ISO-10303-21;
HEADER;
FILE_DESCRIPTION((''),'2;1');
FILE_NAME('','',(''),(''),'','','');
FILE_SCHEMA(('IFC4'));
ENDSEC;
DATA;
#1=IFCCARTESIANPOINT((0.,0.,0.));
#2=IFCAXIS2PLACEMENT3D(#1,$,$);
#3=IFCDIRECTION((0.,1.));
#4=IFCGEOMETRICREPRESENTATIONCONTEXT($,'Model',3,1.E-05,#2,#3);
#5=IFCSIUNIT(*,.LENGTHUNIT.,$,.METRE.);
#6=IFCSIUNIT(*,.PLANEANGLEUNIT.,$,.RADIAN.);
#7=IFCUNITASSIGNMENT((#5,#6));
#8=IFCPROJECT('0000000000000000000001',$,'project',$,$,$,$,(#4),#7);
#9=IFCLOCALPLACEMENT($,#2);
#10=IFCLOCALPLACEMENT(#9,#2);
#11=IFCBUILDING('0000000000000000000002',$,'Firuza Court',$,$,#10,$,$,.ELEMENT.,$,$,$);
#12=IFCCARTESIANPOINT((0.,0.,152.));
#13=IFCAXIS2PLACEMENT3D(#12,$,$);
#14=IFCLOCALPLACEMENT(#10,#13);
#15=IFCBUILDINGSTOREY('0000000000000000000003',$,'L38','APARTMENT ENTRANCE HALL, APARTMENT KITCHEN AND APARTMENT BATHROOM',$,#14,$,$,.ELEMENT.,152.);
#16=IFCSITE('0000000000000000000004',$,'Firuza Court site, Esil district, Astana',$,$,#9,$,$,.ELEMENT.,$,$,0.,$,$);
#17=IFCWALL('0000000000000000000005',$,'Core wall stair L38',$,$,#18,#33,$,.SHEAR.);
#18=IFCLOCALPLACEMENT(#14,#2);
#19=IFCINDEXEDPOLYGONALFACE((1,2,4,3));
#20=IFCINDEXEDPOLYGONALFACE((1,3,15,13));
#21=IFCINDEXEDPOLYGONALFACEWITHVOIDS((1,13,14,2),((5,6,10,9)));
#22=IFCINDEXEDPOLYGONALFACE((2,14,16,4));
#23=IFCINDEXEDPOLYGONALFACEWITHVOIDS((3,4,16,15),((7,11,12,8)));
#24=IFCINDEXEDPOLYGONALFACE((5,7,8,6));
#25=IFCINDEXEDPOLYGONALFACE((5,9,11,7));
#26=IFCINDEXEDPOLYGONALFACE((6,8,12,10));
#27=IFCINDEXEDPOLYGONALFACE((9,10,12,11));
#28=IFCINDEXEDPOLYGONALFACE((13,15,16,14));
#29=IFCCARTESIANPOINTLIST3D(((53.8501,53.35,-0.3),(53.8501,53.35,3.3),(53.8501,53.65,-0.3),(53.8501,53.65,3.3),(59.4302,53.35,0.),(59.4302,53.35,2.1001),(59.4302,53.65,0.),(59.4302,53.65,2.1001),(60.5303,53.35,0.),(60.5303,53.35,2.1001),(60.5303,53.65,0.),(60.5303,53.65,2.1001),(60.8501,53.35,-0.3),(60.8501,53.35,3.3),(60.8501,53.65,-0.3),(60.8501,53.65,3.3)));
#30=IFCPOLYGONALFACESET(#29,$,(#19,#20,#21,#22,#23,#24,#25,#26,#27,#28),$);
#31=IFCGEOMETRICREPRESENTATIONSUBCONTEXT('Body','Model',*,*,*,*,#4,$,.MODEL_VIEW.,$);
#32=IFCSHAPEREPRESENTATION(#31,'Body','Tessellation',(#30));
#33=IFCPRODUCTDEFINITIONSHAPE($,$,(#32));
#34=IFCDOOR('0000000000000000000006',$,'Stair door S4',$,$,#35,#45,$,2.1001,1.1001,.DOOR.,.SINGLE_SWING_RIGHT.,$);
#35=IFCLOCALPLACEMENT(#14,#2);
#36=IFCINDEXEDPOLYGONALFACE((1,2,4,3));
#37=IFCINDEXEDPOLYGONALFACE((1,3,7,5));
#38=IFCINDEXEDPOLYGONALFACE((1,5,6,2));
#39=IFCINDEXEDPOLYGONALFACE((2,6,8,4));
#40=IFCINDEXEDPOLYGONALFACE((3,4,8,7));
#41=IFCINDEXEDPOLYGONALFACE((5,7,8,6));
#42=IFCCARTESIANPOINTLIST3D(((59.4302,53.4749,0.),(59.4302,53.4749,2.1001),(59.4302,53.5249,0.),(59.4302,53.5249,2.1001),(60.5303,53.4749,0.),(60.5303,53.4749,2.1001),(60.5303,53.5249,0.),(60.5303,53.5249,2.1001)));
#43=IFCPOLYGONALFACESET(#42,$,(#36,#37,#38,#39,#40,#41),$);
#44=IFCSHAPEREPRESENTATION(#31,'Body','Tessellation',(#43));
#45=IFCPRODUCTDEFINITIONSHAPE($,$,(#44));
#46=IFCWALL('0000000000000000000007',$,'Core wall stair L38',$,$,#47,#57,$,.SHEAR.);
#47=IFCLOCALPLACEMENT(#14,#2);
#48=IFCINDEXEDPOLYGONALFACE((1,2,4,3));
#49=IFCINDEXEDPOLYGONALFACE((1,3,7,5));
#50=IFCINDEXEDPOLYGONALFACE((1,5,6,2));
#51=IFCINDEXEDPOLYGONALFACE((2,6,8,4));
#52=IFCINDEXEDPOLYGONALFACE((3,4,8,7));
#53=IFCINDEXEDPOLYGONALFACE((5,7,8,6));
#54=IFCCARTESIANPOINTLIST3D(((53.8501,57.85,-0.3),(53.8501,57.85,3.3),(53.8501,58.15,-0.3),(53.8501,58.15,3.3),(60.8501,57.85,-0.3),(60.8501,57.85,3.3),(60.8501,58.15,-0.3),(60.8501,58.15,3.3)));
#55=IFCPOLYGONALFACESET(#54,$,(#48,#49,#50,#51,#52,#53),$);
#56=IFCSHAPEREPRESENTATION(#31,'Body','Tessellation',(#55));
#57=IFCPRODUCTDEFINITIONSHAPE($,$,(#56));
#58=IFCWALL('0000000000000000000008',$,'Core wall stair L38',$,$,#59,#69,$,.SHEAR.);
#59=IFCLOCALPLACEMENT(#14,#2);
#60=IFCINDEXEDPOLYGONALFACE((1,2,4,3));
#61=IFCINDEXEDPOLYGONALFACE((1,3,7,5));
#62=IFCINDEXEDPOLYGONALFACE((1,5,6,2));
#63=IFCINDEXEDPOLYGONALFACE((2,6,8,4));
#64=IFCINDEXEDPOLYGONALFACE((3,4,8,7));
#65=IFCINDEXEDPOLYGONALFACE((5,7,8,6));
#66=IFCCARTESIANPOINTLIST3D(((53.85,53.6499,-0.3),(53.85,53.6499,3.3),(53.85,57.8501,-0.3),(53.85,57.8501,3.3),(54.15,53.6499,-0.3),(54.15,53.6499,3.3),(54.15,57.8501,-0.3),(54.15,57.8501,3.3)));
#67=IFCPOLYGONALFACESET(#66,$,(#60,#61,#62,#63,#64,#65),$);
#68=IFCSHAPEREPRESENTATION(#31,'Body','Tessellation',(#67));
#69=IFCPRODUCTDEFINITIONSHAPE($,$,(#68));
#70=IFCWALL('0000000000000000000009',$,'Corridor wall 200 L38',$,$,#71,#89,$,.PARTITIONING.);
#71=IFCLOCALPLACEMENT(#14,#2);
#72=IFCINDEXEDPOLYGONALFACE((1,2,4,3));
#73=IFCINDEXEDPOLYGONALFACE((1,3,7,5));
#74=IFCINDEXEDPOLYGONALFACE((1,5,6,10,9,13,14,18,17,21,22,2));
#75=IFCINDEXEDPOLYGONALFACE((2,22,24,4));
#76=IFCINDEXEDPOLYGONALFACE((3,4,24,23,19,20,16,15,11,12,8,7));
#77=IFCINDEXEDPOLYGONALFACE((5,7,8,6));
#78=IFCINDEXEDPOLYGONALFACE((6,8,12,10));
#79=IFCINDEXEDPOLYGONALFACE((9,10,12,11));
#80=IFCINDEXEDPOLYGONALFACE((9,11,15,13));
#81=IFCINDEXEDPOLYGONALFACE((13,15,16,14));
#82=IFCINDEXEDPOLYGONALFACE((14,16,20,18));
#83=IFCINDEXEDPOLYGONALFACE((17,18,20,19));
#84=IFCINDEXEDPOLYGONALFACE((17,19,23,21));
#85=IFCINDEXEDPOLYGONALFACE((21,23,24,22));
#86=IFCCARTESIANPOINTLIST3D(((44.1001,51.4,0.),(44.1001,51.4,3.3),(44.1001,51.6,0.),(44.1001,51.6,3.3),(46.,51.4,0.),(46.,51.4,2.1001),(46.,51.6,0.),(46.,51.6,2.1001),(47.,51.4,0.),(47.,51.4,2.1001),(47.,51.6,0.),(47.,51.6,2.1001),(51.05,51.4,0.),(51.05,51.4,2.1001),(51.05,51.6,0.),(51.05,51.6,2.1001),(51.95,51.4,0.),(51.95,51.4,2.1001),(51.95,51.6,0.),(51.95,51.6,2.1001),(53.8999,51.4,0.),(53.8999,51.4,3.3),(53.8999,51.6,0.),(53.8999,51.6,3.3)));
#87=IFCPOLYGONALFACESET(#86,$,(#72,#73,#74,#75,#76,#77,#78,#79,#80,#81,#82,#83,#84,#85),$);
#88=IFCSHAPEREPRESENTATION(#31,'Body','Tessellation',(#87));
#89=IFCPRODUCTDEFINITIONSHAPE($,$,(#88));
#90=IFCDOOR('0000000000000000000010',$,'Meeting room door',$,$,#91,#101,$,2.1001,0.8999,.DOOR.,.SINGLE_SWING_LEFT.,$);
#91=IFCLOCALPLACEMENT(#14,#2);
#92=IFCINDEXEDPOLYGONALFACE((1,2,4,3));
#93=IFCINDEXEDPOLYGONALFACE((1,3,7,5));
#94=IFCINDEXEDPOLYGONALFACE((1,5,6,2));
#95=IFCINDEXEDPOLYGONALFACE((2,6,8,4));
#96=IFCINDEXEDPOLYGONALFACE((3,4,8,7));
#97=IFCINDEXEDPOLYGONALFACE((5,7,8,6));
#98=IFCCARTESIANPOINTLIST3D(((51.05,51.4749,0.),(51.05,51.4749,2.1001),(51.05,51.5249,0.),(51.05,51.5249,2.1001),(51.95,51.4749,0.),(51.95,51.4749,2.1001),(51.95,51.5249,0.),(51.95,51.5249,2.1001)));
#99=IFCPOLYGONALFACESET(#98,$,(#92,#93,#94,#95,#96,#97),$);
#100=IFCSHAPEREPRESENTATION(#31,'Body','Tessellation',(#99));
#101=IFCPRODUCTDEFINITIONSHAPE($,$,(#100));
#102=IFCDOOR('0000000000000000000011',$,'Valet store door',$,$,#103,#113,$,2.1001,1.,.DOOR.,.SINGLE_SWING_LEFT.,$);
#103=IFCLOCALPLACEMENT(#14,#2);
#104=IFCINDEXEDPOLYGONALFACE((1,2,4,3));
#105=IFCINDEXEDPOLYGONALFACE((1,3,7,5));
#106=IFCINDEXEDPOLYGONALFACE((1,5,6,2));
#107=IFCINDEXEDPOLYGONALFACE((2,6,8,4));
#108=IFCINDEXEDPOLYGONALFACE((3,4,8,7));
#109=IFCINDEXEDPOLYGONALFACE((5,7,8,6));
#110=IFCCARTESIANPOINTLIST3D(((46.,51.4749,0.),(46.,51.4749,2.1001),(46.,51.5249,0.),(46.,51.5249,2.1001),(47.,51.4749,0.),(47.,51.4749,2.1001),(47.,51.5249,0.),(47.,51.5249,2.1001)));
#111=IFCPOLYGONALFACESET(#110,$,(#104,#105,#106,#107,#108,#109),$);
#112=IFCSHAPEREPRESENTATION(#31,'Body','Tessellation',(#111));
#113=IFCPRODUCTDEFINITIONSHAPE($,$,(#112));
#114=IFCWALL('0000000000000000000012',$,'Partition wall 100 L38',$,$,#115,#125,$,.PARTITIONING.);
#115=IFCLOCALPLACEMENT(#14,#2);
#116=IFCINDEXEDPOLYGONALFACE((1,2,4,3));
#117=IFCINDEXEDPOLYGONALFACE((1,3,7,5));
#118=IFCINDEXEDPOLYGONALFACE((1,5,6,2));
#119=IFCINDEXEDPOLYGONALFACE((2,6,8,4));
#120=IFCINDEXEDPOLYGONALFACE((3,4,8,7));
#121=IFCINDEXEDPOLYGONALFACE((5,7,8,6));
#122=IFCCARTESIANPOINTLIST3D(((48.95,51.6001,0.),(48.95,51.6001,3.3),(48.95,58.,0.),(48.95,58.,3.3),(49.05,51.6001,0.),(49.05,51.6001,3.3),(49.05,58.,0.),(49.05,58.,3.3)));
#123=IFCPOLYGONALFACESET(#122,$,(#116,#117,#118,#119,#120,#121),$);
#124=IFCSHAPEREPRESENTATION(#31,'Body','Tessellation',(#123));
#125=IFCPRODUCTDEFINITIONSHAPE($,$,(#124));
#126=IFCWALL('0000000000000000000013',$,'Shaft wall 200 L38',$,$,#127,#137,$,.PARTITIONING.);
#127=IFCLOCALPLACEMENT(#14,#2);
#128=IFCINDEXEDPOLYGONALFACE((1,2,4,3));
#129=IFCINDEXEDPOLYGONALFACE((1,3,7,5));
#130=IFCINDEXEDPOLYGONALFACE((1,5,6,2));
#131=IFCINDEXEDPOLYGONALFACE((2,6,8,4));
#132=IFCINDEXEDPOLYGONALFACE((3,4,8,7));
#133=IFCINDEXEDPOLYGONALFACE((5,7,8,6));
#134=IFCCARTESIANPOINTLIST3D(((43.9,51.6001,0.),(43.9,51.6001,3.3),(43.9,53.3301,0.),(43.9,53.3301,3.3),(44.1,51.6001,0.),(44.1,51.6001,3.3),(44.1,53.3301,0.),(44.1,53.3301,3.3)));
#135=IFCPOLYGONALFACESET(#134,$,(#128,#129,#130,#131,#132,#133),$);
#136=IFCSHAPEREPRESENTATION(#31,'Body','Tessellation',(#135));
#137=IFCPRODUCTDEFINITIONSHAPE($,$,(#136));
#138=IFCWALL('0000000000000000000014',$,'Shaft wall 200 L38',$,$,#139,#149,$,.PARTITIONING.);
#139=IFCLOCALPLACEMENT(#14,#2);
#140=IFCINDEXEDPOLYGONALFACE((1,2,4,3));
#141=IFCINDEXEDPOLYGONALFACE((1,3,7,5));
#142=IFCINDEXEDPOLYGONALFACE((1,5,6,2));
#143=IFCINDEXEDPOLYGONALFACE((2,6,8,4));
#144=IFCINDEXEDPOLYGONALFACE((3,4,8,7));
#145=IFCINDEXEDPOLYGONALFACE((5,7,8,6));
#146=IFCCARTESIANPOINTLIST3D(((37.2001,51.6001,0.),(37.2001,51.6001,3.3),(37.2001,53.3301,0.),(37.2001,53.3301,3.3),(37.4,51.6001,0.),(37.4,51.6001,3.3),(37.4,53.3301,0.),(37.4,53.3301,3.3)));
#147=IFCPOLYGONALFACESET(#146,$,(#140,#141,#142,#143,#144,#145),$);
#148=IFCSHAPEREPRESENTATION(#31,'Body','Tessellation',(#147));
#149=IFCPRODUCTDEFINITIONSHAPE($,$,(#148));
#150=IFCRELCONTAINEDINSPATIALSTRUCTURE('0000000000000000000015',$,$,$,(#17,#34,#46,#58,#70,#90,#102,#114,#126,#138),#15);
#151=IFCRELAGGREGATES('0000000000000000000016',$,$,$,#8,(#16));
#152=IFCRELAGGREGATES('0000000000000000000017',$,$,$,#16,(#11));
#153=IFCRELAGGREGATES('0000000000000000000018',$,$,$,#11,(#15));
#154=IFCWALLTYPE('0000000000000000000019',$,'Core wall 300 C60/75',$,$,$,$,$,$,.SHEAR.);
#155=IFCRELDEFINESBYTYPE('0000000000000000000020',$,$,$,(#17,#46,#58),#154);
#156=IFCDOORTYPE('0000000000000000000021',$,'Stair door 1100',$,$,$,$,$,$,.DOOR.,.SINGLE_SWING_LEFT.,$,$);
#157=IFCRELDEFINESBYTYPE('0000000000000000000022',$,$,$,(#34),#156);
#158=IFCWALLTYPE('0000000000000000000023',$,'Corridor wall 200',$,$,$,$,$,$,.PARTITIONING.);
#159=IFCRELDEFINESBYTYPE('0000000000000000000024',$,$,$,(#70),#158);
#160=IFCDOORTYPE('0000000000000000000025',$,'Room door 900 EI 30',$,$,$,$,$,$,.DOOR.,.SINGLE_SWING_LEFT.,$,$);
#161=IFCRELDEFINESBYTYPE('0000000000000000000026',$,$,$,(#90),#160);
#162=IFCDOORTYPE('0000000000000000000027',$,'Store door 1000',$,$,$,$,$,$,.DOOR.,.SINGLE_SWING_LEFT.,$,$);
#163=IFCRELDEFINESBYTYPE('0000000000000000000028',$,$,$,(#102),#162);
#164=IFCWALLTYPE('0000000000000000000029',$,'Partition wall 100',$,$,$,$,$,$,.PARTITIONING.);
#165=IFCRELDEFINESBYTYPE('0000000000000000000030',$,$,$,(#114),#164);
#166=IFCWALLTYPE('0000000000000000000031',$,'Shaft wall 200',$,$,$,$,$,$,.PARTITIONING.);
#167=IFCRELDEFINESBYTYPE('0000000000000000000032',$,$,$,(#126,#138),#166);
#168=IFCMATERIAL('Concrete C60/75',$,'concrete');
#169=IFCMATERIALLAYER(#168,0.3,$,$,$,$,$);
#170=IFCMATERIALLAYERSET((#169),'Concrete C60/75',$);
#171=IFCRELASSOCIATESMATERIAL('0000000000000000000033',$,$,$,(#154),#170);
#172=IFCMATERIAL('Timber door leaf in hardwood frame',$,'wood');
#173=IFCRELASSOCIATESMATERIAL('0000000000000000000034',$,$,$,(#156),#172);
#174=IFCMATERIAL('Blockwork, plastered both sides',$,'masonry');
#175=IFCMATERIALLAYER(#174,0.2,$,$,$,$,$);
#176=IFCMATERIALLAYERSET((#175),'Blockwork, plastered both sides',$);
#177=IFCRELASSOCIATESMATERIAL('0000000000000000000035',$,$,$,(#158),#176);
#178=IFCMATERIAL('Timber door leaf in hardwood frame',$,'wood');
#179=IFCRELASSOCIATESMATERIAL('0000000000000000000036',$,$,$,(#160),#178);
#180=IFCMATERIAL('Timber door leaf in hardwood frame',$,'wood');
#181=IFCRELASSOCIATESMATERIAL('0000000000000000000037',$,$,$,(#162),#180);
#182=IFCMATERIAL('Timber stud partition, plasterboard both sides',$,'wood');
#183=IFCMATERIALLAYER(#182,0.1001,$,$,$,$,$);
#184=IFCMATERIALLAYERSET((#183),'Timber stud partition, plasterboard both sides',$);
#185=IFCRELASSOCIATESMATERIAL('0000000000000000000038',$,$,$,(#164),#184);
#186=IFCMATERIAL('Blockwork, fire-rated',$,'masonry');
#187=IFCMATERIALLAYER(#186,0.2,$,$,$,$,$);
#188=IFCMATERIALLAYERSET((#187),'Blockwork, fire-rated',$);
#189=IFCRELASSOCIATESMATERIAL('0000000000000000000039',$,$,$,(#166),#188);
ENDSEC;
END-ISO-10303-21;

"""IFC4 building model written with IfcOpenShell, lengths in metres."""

from ifc_helpers import new_model, si_unit, direction, frame, frame_2d, origin, place, context, subcontext, project, spatial, rectangle, extrude, material, layer, layer_set, type_object, element, fill, save


model = new_model("IFC4")

# Units and contexts
model_context = context("Model", 3, precision=1e-05, world=origin(), true_north=direction((0.0, 1.0)))
body_context = subcontext(model_context, "Body", "Model", "MODEL_VIEW")
ifc_project = project(units=[si_unit("LENGTHUNIT", "METRE"), si_unit("PLANEANGLEUNIT", "RADIAN")], contexts=[model_context])

# Site, building, storey
site_placement = place(None, origin())
site = spatial("IfcSite", under=ifc_project, at=site_placement, Name="Firuza Court site, Esil district, Astana", CompositionType="ELEMENT", RefElevation=0.0)
building_placement = place(site_placement, origin())
building = spatial("IfcBuilding", under=site, at=building_placement, Name="Firuza Court", CompositionType="ELEMENT")
storey_placement = place(building_placement, frame((0.0, 0.0, 152.0)))
storey = spatial("IfcBuildingStorey", under=building, at=storey_placement, Name="L38", Description="APARTMENT ENTRANCE HALL, APARTMENT KITCHEN AND APARTMENT BATHROOM", CompositionType="ELEMENT", Elevation=152.0)

# Shared definitions
ifc_material_1 = material(Name="Concrete C60/75", Category="concrete")
ifc_layer_1 = layer(ifc_material_1, 0.3)
ifc_layer_set_1 = layer_set([ifc_layer_1], Name="Concrete C60/75")
wall_type_1 = type_object("IfcWallType", Name="Core wall 300 C60/75", PredefinedType="SHEAR", material=ifc_layer_set_1)

# Wall, opening, door
wall_1_placement = place(storey_placement, frame((53.8501, 53.5, -0.3), z_axis=(0.0, 0.0, 1.0), x_axis=(1.0, 0.0, 0.0)))
wall_1 = element("IfcWall", 1, at=wall_1_placement, inside=storey, type_object=wall_type_1, Name="Core wall stair L38", PredefinedType="SHEAR", context=body_context, shape_type="SweptSolid", body=[
    extrude(rectangle(XDim=7.0, YDim=0.3, at=frame_2d((3.5, 0.0))), origin(), (0.0, 0.0, 1.0), 3.6001),
])
opening_1_placement = place(wall_1_placement, frame((5.5801, 0.0, 0.3)))
opening_1 = element("IfcOpeningElement", 2, at=opening_1_placement, cuts=wall_1, PredefinedType="OPENING", context=body_context, shape_type="SweptSolid", body=[
    extrude(rectangle(XDim=1.1001, YDim=2.1001, at=frame_2d((0.55, 1.05))), frame((0.0, 0.1621, 0.0), z_axis=(0.0, -1.0, 0.0), x_axis=(1.0, 0.0, 0.0)), (0.0, 0.0, 1.0), 0.324),
])
ifc_material_2 = material(Name="Timber door leaf in hardwood frame", Category="wood")
door_type_1 = type_object("IfcDoorType", Name="Stair door 1100", OperationType="SINGLE_SWING_LEFT", PredefinedType="DOOR", material=ifc_material_2)
door_1_placement = place(opening_1_placement, origin())
door_1 = element("IfcDoor", 3, at=door_1_placement, inside=storey, type_object=door_type_1, Name="Stair door S4", OperationType="SINGLE_SWING_RIGHT", OverallHeight=2.1001, OverallWidth=1.1001, PredefinedType="DOOR", context=body_context, shape_type="SweptSolid", body=[
    extrude(rectangle(XDim=1.1001, YDim=2.1001, at=frame_2d((0.55, 1.05))), frame((0.0, 0.0249, 0.0), z_axis=(0.0, -1.0, 0.0), x_axis=(1.0, 0.0, 0.0)), (0.0, 0.0, 1.0), 0.05),
])
fill(opening_1, door_1)

# Walls
wall_2_placement = place(storey_placement, frame((53.8501, 58.0, -0.3), z_axis=(0.0, 0.0, 1.0), x_axis=(1.0, 0.0, 0.0)))
element("IfcWall", 4, at=wall_2_placement, inside=storey, type_object=wall_type_1, Name="Core wall stair L38", PredefinedType="SHEAR", context=body_context, shape_type="SweptSolid", body=[
    extrude(rectangle(XDim=7.0, YDim=0.3, at=frame_2d((3.5, 0.0))), origin(), (0.0, 0.0, 1.0), 3.6001),
])
wall_3_placement = place(storey_placement, frame((54.0, 53.6499, -0.3), z_axis=(0.0, 0.0, 1.0), x_axis=(0.0, 1.0, 0.0)))
element("IfcWall", 5, at=wall_3_placement, inside=storey, type_object=wall_type_1, Name="Core wall stair L38", PredefinedType="SHEAR", context=body_context, shape_type="SweptSolid", body=[
    extrude(rectangle(XDim=4.2002, YDim=0.3, at=frame_2d((2.1001, 0.0))), origin(), (0.0, 0.0, 1.0), 3.6001),
])

# Wall, openings, doors
ifc_material_3 = material(Name="Blockwork, plastered both sides", Category="masonry")
ifc_layer_2 = layer(ifc_material_3, 0.2)
ifc_layer_set_2 = layer_set([ifc_layer_2], Name="Blockwork, plastered both sides")
wall_type_2 = type_object("IfcWallType", Name="Corridor wall 200", PredefinedType="PARTITIONING", material=ifc_layer_set_2)
wall_4_placement = place(storey_placement, frame((44.1001, 51.5, 0.0), z_axis=(0.0, 0.0, 1.0), x_axis=(1.0, 0.0, 0.0)))
wall_4 = element("IfcWall", 6, at=wall_4_placement, inside=storey, type_object=wall_type_2, Name="Corridor wall 200 L38", PredefinedType="PARTITIONING", context=body_context, shape_type="SweptSolid", body=[
    extrude(rectangle(XDim=9.7998, YDim=0.2, at=frame_2d((4.8999, 0.0))), origin(), (0.0, 0.0, 1.0), 3.3),
])
opening_2_placement = place(wall_4_placement, frame((1.8999, 0.0, 0.0)))
opening_2 = element("IfcOpeningElement", 7, at=opening_2_placement, cuts=wall_4, PredefinedType="OPENING", context=body_context, shape_type="SweptSolid", body=[
    extrude(rectangle(XDim=1.0, YDim=2.1001, at=frame_2d((0.5, 1.05))), frame((0.0, 0.1118, 0.0), z_axis=(0.0, -1.0, 0.0), x_axis=(1.0, 0.0, 0.0)), (0.0, 0.0, 1.0), 0.2239),
])
opening_3_placement = place(wall_4_placement, frame((6.95, 0.0, 0.0)))
opening_3 = element("IfcOpeningElement", 8, at=opening_3_placement, cuts=wall_4, PredefinedType="OPENING", context=body_context, shape_type="SweptSolid", body=[
    extrude(rectangle(XDim=0.8999, YDim=2.1001, at=frame_2d((0.45, 1.05))), frame((0.0, 0.1118, 0.0), z_axis=(0.0, -1.0, 0.0), x_axis=(1.0, 0.0, 0.0)), (0.0, 0.0, 1.0), 0.2239),
])
ifc_material_4 = material(Name="Timber door leaf in hardwood frame", Category="wood")
door_type_2 = type_object("IfcDoorType", Name="Room door 900 EI 30", OperationType="SINGLE_SWING_LEFT", PredefinedType="DOOR", material=ifc_material_4)
door_2_placement = place(opening_3_placement, origin())
door_2 = element("IfcDoor", 9, at=door_2_placement, inside=storey, type_object=door_type_2, Name="Meeting room door", OperationType="SINGLE_SWING_LEFT", OverallHeight=2.1001, OverallWidth=0.8999, PredefinedType="DOOR", context=body_context, shape_type="SweptSolid", body=[
    extrude(rectangle(XDim=0.8999, YDim=2.1001, at=frame_2d((0.45, 1.05))), frame((0.0, 0.0249, 0.0), z_axis=(0.0, -1.0, 0.0), x_axis=(1.0, 0.0, 0.0)), (0.0, 0.0, 1.0), 0.05),
])
fill(opening_3, door_2)
ifc_material_5 = material(Name="Timber door leaf in hardwood frame", Category="wood")
door_type_3 = type_object("IfcDoorType", Name="Store door 1000", OperationType="SINGLE_SWING_LEFT", PredefinedType="DOOR", material=ifc_material_5)
door_3_placement = place(opening_2_placement, origin())
door_3 = element("IfcDoor", 10, at=door_3_placement, inside=storey, type_object=door_type_3, Name="Valet store door", OperationType="SINGLE_SWING_LEFT", OverallHeight=2.1001, OverallWidth=1.0, PredefinedType="DOOR", context=body_context, shape_type="SweptSolid", body=[
    extrude(rectangle(XDim=1.0, YDim=2.1001, at=frame_2d((0.5, 1.05))), frame((0.0, 0.0249, 0.0), z_axis=(0.0, -1.0, 0.0), x_axis=(1.0, 0.0, 0.0)), (0.0, 0.0, 1.0), 0.05),
])
fill(opening_2, door_3)

# Walls
ifc_material_6 = material(Name="Timber stud partition, plasterboard both sides", Category="wood")
ifc_layer_3 = layer(ifc_material_6, 0.1001)
ifc_layer_set_3 = layer_set([ifc_layer_3], Name="Timber stud partition, plasterboard both sides")
wall_type_3 = type_object("IfcWallType", Name="Partition wall 100", PredefinedType="PARTITIONING", material=ifc_layer_set_3)
wall_5_placement = place(storey_placement, frame((49.0, 51.6001, 0.0), z_axis=(0.0, 0.0, 1.0), x_axis=(0.0, 1.0, 0.0)))
element("IfcWall", 11, at=wall_5_placement, inside=storey, type_object=wall_type_3, Name="Partition wall 100 L38", PredefinedType="PARTITIONING", context=body_context, shape_type="SweptSolid", body=[
    extrude(rectangle(XDim=6.3999, YDim=0.1001, at=frame_2d((3.2, 0.0))), origin(), (0.0, 0.0, 1.0), 3.3),
])
ifc_material_7 = material(Name="Blockwork, fire-rated", Category="masonry")
ifc_layer_4 = layer(ifc_material_7, 0.2)
ifc_layer_set_4 = layer_set([ifc_layer_4], Name="Blockwork, fire-rated")
wall_type_4 = type_object("IfcWallType", Name="Shaft wall 200", PredefinedType="PARTITIONING", material=ifc_layer_set_4)
for number, where, z_axis, x_axis, name in (
    (12, (44.0, 51.6001, 0.0), (0.0, 0.0, 1.0), (0.0, 1.0, 0.0), "Shaft wall 200 L38"),
    (13, (37.3, 51.6001, 0.0), (0.0, 0.0, 1.0), (0.0, 1.0, 0.0), "Shaft wall 200 L38"),
):
    element("IfcWall", number, at=place(storey_placement, frame(where, z_axis=z_axis, x_axis=x_axis)), inside=storey, type_object=wall_type_4, Name=name, PredefinedType="PARTITIONING", context=body_context, shape_type="SweptSolid", body=[
        extrude(rectangle(XDim=1.73, YDim=0.2, at=frame_2d((0.865, 0.0))), origin(), (0.0, 0.0, 1.0), 3.3),
    ])

save(model, "model.ifc")
